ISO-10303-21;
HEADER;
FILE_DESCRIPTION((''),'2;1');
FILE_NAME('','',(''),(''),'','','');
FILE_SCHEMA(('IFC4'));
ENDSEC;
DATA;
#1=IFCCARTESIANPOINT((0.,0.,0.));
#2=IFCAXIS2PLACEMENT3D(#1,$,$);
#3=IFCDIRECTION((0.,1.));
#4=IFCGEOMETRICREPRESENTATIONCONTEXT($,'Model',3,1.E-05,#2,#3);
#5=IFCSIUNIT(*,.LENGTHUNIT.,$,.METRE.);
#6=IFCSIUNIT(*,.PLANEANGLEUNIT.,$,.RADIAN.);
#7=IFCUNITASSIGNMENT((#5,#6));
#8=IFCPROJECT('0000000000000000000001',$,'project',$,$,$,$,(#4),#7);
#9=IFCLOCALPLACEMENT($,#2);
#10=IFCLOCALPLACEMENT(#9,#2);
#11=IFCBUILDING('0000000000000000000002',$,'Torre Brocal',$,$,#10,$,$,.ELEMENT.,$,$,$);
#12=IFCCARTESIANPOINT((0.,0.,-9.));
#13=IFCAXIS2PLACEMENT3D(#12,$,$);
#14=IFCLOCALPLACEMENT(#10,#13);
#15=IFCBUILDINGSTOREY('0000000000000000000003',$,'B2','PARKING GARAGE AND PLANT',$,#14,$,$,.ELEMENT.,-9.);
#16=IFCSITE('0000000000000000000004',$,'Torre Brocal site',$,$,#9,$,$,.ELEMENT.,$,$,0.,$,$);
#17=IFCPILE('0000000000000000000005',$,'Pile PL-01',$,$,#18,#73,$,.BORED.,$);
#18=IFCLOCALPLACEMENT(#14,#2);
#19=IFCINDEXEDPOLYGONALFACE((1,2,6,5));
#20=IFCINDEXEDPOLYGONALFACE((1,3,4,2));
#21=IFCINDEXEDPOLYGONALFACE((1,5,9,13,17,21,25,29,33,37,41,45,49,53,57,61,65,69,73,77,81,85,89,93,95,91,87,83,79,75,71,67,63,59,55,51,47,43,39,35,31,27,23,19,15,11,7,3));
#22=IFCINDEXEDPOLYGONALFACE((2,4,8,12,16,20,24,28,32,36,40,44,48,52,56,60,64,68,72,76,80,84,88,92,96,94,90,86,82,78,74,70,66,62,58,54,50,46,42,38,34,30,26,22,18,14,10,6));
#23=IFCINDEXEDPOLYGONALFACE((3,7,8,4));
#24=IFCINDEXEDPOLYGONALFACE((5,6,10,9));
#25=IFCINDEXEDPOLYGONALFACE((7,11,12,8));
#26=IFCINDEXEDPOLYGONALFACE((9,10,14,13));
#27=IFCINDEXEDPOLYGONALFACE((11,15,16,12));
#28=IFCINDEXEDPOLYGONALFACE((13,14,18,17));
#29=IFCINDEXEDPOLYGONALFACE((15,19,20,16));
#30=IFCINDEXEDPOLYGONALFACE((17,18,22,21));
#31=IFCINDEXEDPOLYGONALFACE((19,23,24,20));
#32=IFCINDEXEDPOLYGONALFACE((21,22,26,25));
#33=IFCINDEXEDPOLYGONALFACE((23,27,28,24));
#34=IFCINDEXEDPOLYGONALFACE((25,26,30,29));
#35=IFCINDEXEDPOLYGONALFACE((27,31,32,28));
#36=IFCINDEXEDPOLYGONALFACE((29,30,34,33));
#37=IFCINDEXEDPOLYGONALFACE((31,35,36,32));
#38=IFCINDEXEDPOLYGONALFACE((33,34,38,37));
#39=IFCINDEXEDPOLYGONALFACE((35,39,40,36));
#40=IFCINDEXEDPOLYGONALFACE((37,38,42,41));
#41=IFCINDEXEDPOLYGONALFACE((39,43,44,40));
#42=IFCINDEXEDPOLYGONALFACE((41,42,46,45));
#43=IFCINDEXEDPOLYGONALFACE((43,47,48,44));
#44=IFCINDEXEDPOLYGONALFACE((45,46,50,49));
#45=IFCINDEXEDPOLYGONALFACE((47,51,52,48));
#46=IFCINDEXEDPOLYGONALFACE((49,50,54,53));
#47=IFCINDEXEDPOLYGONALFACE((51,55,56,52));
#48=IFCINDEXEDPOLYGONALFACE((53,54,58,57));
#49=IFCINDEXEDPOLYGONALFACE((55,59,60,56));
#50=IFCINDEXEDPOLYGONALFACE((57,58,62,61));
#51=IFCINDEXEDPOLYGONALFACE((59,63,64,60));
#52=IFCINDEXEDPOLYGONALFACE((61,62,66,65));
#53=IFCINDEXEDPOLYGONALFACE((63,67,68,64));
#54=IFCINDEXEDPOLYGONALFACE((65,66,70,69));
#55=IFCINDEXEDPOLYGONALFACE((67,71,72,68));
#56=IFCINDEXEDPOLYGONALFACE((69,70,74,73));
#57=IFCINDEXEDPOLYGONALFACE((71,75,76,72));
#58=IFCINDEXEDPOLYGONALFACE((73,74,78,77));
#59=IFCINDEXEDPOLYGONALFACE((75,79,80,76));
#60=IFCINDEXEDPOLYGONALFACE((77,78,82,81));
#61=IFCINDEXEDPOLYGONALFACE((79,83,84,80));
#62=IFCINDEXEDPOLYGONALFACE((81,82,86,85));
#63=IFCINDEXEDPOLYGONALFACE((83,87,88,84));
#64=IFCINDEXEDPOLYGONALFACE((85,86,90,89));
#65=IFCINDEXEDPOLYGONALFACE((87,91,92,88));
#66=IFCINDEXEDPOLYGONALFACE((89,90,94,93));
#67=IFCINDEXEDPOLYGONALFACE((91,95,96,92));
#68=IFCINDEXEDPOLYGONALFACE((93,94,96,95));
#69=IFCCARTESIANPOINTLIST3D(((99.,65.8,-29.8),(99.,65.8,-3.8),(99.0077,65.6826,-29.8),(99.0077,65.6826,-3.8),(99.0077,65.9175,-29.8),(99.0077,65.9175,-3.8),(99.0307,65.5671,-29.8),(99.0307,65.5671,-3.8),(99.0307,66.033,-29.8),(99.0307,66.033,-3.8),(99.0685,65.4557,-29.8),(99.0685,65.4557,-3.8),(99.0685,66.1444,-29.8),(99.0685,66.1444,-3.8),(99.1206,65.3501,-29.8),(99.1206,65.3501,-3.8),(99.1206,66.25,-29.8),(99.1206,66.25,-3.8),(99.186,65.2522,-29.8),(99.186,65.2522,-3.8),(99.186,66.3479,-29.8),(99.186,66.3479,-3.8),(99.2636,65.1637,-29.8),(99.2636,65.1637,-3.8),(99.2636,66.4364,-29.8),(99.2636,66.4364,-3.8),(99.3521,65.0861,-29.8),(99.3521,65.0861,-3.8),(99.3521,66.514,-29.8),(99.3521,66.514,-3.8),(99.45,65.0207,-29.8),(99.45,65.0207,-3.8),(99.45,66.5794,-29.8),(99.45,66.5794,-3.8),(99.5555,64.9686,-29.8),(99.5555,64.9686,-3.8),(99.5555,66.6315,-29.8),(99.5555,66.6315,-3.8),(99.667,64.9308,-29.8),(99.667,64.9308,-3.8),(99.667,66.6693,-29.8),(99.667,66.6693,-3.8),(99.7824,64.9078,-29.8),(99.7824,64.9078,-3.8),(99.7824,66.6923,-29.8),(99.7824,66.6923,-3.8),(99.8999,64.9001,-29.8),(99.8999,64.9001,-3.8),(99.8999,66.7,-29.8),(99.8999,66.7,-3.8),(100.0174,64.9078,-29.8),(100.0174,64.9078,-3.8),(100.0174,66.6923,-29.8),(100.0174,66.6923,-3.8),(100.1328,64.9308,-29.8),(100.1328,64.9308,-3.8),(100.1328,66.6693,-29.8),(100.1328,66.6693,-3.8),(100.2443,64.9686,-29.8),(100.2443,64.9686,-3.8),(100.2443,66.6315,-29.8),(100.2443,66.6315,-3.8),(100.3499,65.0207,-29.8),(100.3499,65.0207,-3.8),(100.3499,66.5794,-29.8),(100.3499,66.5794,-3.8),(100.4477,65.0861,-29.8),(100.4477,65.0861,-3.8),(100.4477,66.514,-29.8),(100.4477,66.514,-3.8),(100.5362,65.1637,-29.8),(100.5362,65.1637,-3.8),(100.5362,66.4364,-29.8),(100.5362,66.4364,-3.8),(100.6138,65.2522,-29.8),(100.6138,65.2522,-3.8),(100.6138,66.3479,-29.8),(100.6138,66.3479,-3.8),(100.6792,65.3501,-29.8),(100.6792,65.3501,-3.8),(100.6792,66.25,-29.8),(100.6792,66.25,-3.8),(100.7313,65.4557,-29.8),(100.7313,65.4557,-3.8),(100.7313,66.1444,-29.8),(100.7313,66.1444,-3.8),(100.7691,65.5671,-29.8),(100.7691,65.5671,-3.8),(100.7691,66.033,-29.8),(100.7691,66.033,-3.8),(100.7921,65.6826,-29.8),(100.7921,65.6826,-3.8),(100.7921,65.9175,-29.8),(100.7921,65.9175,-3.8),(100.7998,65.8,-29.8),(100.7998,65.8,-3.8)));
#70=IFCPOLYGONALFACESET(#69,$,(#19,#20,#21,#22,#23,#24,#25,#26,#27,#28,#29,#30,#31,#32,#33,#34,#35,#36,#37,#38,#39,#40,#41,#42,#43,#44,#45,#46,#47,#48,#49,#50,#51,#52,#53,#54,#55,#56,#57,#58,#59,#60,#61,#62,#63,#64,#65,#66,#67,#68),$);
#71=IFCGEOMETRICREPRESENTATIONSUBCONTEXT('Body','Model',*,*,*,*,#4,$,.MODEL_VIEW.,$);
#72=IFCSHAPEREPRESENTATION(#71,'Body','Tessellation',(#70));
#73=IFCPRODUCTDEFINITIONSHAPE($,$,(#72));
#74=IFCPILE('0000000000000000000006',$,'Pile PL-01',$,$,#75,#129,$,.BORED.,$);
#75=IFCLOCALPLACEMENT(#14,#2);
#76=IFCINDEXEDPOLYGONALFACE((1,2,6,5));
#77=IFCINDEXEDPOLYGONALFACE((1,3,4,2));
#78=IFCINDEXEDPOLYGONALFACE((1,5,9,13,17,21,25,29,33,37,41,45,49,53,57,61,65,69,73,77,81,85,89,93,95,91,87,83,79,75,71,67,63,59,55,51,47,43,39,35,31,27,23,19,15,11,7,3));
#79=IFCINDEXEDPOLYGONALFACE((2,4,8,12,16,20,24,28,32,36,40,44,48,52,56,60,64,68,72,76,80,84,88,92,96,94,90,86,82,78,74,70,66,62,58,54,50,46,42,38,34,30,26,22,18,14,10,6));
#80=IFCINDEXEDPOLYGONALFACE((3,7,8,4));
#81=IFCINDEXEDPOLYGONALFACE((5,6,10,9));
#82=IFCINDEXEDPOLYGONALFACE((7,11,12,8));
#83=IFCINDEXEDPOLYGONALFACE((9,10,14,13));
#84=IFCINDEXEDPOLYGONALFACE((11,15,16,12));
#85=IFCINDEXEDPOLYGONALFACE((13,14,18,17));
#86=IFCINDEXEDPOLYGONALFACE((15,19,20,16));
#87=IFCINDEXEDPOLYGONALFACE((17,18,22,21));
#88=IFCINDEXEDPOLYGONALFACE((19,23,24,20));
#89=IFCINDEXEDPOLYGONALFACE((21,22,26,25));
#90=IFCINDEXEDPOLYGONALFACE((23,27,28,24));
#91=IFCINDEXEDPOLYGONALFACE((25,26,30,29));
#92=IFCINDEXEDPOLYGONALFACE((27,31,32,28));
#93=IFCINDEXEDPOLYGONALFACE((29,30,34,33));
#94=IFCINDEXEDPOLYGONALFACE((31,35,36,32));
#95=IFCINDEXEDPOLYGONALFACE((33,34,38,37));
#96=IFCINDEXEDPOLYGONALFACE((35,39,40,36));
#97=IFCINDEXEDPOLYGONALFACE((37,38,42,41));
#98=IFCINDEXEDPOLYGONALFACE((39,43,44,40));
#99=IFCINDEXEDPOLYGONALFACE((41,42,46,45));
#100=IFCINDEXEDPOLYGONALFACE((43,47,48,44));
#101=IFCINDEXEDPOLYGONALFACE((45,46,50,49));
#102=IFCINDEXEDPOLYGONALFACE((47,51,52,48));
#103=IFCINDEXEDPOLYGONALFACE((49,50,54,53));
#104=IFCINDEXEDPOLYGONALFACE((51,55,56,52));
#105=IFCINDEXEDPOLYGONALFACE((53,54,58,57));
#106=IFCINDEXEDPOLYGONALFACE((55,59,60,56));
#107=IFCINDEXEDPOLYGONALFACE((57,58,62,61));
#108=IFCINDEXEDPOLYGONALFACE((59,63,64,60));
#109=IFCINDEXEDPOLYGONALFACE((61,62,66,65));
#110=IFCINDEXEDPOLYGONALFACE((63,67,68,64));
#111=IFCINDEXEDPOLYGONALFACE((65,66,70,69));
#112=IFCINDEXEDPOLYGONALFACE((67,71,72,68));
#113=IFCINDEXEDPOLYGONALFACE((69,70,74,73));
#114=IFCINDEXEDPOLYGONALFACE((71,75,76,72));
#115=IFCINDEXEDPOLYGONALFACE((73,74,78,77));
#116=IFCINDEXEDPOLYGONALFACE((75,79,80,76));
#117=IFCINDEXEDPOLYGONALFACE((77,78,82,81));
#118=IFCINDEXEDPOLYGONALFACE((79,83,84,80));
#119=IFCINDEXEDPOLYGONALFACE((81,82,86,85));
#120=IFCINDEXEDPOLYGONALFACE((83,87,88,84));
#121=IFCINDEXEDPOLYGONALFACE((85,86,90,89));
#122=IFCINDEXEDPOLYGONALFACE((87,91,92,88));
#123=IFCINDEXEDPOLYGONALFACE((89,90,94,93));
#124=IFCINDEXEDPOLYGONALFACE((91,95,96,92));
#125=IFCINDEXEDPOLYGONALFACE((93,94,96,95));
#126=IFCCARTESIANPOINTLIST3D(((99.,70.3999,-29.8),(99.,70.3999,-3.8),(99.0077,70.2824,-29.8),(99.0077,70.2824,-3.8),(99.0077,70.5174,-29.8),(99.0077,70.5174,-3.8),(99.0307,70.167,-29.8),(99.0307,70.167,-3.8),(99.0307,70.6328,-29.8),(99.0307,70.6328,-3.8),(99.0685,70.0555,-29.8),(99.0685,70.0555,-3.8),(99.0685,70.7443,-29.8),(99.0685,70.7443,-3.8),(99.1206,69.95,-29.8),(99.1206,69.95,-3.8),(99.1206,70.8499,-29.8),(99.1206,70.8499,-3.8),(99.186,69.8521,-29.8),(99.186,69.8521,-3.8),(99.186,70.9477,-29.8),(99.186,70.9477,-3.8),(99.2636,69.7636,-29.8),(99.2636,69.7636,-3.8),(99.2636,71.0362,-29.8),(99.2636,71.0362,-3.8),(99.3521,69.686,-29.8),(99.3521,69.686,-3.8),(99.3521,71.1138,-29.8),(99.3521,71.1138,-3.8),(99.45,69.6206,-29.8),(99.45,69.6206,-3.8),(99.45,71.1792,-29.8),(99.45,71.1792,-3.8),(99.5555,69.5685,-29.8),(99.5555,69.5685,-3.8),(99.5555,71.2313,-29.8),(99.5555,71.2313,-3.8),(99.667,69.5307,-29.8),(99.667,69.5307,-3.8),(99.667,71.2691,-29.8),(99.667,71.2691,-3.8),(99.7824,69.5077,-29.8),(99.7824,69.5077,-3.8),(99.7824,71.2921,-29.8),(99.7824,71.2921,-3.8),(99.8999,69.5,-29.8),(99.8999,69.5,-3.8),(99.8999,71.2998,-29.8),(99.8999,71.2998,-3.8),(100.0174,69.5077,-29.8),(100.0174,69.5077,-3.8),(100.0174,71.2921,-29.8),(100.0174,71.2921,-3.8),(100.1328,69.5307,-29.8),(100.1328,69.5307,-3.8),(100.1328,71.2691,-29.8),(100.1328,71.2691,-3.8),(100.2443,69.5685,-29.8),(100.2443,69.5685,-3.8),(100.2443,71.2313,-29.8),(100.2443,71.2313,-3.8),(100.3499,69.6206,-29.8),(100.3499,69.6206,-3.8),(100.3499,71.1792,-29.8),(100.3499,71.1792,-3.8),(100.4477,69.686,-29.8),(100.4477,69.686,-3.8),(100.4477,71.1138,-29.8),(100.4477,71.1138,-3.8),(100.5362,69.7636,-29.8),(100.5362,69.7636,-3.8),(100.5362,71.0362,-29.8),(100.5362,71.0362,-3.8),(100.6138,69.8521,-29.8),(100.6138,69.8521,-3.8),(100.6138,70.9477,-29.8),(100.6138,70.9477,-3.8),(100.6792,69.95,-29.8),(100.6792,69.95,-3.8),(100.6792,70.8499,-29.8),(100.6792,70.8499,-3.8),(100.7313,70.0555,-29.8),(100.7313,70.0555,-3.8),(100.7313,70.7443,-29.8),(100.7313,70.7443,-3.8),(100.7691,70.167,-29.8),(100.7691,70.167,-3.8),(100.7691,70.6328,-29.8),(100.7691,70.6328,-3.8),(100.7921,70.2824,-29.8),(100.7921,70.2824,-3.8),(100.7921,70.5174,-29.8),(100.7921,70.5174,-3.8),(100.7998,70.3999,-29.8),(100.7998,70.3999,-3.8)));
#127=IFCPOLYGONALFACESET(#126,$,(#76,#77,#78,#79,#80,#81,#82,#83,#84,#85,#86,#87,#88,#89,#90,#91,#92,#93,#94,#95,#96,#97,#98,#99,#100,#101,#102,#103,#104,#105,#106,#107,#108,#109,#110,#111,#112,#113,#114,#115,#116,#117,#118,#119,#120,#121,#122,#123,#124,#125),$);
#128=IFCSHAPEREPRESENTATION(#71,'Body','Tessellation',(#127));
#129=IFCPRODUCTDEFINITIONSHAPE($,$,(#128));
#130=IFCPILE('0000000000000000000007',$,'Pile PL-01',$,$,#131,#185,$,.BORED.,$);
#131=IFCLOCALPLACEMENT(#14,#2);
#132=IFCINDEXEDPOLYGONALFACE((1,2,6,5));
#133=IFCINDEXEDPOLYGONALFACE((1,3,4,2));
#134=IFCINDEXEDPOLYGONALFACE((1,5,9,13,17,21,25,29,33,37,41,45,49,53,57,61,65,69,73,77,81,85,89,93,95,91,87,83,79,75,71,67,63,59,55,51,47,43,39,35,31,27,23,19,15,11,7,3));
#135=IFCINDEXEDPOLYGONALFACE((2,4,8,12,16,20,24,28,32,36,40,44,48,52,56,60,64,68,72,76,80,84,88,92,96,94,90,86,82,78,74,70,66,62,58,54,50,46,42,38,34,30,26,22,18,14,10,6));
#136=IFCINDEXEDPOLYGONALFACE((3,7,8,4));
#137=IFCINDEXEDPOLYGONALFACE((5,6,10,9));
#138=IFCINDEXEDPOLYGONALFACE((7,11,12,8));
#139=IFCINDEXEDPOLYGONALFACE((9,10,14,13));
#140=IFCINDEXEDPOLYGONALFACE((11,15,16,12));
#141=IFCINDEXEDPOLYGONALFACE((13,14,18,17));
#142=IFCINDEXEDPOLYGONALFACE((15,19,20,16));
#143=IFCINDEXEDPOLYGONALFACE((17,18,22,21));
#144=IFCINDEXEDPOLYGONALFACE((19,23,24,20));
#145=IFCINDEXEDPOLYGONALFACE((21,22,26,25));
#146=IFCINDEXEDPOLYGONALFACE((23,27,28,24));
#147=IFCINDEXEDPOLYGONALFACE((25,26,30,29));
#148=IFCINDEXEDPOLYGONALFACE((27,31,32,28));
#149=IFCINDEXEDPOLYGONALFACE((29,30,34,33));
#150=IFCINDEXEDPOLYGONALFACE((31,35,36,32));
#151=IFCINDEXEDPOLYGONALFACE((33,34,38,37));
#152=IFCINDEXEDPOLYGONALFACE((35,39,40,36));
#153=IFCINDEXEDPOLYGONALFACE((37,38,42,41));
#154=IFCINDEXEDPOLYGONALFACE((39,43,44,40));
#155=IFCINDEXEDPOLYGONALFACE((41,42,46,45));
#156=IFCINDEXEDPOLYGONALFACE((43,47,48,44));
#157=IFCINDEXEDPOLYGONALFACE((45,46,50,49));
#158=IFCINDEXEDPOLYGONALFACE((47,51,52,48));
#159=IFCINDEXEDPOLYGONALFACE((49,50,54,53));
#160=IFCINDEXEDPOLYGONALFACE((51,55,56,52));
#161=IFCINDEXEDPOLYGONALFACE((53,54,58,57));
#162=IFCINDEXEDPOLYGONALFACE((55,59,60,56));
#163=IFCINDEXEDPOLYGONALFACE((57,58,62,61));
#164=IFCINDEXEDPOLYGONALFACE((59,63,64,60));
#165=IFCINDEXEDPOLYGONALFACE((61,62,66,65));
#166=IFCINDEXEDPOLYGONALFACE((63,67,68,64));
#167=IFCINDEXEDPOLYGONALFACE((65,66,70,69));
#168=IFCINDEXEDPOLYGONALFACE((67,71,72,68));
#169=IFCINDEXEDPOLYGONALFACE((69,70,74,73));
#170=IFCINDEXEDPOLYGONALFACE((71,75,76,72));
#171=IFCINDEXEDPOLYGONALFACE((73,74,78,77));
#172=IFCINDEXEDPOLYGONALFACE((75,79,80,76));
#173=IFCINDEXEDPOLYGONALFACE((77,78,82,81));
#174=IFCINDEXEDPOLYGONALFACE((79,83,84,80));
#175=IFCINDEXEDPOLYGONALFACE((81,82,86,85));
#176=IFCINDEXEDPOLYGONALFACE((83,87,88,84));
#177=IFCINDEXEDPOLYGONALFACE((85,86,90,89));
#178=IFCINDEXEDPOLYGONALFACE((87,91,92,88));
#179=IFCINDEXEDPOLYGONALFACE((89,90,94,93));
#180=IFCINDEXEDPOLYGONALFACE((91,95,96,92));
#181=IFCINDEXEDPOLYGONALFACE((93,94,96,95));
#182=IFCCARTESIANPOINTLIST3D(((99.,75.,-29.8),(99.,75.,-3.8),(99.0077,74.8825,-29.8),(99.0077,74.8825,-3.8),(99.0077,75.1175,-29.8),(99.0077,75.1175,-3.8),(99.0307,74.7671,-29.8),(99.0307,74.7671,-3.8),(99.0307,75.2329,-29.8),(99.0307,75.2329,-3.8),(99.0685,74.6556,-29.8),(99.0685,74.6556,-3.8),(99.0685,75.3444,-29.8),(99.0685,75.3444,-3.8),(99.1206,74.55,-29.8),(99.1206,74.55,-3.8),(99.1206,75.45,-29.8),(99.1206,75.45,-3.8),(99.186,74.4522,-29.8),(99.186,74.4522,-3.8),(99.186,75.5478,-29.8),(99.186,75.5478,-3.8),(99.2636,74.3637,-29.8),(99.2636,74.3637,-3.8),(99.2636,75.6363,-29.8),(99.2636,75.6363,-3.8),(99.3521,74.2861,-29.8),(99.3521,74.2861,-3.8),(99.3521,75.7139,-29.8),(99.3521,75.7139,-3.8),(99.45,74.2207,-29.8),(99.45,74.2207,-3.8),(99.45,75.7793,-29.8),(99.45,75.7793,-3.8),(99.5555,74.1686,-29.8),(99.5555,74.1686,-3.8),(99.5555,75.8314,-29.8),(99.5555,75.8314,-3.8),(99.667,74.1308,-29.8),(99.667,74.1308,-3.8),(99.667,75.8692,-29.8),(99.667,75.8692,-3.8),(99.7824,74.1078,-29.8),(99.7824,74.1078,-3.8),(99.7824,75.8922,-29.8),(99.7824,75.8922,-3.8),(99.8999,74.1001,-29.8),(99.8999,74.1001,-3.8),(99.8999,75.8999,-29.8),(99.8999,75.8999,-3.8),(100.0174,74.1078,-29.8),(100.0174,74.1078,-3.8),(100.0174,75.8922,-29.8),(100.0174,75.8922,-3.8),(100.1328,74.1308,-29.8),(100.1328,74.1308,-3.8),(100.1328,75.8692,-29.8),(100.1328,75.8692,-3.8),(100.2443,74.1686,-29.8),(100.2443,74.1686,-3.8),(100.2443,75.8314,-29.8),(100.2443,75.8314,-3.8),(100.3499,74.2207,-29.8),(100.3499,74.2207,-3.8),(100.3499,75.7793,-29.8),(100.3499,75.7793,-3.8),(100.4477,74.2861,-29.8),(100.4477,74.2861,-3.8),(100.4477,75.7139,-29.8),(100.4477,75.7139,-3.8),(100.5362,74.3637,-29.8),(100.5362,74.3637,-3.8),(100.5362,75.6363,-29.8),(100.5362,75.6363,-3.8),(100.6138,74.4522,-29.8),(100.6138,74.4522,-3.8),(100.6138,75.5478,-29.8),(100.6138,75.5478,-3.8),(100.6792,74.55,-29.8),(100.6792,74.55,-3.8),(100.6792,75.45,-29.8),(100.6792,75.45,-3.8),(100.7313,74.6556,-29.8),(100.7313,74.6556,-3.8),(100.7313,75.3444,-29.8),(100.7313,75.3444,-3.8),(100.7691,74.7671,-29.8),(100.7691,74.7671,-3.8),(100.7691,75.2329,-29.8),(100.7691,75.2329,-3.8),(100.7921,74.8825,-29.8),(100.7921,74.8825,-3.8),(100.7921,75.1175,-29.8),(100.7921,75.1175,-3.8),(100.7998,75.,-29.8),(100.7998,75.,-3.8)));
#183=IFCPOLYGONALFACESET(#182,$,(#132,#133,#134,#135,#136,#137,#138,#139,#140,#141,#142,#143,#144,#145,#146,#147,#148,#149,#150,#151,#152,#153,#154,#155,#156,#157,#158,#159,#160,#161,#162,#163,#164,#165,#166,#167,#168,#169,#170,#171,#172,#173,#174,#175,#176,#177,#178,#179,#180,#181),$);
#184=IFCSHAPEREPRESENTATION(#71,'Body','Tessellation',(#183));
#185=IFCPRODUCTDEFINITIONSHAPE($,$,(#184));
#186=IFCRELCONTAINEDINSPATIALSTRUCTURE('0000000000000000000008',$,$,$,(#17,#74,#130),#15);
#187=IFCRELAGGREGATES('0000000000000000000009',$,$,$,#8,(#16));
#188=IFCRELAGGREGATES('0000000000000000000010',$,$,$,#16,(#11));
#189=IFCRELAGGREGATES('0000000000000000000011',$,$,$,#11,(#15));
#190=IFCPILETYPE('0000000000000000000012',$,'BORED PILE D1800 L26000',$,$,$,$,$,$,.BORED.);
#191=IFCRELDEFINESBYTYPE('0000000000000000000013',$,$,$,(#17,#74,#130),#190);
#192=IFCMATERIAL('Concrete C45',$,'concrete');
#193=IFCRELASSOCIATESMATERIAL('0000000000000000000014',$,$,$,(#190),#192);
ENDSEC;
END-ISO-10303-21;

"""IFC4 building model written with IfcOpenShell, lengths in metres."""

from ifc_helpers import new_model, si_unit, direction, frame, origin, origin_2d, place, context, subcontext, project, spatial, circle, extrude, material, material_profile, profile_set, type_object, element, save


model = new_model("IFC4")

# Units and contexts
model_context = context("Model", 3, precision=1e-05, world=origin(), true_north=direction((0.0, 1.0)))
body_context = subcontext(model_context, "Body", "Model", "MODEL_VIEW")
ifc_project = project(units=[si_unit("LENGTHUNIT", "METRE"), si_unit("PLANEANGLEUNIT", "RADIAN")], contexts=[model_context])

# Site, building, storey
site_placement = place(None, origin())
site = spatial("IfcSite", under=ifc_project, at=site_placement, Name="Torre Brocal site", CompositionType="ELEMENT", RefElevation=0.0)
building_placement = place(site_placement, origin())
building = spatial("IfcBuilding", under=site, at=building_placement, Name="Torre Brocal", CompositionType="ELEMENT")
storey_placement = place(building_placement, frame((0.0, 0.0, -9.0)))
storey = spatial("IfcBuildingStorey", under=building, at=storey_placement, Name="B2", Description="PARKING GARAGE AND PLANT", CompositionType="ELEMENT", Elevation=-9.0)

# Piles
ifc_material_1 = material(Name="Concrete C45", Category="concrete")
ifc_material_profile_1 = material_profile(ifc_material_1, circle(Radius=0.8999, at=origin_2d()), Name="BORED PILE D1800")
ifc_profile_set_1 = profile_set([ifc_material_profile_1], Name="Concrete C45")
pile_type_1 = type_object("IfcPileType", Name="BORED PILE D1800 L26000", PredefinedType="BORED", material=ifc_profile_set_1)
for number, where, z_axis, x_axis, name in (
    (1, (99.8999, 65.8, -3.8), (0.0, 0.0, -1.0), (1.0, 0.0, 0.0), "Pile PL-01"),
    (2, (99.8999, 70.3999, -3.8), (0.0, 0.0, -1.0), (1.0, 0.0, 0.0), "Pile PL-01"),
    (3, (99.8999, 75.0, -3.8), (0.0, 0.0, -1.0), (1.0, 0.0, 0.0), "Pile PL-01"),
):
    element("IfcPile", number, at=place(storey_placement, frame(where, z_axis=z_axis, x_axis=x_axis)), inside=storey, type_object=pile_type_1, Name=name, PredefinedType="BORED", context=body_context, shape_type="SweptSolid", body=[
        extrude(circle(Radius=0.8999, at=origin_2d()), origin(), (0.0, 0.0, 1.0), 26.0),
    ])

save(model, "model.ifc")
